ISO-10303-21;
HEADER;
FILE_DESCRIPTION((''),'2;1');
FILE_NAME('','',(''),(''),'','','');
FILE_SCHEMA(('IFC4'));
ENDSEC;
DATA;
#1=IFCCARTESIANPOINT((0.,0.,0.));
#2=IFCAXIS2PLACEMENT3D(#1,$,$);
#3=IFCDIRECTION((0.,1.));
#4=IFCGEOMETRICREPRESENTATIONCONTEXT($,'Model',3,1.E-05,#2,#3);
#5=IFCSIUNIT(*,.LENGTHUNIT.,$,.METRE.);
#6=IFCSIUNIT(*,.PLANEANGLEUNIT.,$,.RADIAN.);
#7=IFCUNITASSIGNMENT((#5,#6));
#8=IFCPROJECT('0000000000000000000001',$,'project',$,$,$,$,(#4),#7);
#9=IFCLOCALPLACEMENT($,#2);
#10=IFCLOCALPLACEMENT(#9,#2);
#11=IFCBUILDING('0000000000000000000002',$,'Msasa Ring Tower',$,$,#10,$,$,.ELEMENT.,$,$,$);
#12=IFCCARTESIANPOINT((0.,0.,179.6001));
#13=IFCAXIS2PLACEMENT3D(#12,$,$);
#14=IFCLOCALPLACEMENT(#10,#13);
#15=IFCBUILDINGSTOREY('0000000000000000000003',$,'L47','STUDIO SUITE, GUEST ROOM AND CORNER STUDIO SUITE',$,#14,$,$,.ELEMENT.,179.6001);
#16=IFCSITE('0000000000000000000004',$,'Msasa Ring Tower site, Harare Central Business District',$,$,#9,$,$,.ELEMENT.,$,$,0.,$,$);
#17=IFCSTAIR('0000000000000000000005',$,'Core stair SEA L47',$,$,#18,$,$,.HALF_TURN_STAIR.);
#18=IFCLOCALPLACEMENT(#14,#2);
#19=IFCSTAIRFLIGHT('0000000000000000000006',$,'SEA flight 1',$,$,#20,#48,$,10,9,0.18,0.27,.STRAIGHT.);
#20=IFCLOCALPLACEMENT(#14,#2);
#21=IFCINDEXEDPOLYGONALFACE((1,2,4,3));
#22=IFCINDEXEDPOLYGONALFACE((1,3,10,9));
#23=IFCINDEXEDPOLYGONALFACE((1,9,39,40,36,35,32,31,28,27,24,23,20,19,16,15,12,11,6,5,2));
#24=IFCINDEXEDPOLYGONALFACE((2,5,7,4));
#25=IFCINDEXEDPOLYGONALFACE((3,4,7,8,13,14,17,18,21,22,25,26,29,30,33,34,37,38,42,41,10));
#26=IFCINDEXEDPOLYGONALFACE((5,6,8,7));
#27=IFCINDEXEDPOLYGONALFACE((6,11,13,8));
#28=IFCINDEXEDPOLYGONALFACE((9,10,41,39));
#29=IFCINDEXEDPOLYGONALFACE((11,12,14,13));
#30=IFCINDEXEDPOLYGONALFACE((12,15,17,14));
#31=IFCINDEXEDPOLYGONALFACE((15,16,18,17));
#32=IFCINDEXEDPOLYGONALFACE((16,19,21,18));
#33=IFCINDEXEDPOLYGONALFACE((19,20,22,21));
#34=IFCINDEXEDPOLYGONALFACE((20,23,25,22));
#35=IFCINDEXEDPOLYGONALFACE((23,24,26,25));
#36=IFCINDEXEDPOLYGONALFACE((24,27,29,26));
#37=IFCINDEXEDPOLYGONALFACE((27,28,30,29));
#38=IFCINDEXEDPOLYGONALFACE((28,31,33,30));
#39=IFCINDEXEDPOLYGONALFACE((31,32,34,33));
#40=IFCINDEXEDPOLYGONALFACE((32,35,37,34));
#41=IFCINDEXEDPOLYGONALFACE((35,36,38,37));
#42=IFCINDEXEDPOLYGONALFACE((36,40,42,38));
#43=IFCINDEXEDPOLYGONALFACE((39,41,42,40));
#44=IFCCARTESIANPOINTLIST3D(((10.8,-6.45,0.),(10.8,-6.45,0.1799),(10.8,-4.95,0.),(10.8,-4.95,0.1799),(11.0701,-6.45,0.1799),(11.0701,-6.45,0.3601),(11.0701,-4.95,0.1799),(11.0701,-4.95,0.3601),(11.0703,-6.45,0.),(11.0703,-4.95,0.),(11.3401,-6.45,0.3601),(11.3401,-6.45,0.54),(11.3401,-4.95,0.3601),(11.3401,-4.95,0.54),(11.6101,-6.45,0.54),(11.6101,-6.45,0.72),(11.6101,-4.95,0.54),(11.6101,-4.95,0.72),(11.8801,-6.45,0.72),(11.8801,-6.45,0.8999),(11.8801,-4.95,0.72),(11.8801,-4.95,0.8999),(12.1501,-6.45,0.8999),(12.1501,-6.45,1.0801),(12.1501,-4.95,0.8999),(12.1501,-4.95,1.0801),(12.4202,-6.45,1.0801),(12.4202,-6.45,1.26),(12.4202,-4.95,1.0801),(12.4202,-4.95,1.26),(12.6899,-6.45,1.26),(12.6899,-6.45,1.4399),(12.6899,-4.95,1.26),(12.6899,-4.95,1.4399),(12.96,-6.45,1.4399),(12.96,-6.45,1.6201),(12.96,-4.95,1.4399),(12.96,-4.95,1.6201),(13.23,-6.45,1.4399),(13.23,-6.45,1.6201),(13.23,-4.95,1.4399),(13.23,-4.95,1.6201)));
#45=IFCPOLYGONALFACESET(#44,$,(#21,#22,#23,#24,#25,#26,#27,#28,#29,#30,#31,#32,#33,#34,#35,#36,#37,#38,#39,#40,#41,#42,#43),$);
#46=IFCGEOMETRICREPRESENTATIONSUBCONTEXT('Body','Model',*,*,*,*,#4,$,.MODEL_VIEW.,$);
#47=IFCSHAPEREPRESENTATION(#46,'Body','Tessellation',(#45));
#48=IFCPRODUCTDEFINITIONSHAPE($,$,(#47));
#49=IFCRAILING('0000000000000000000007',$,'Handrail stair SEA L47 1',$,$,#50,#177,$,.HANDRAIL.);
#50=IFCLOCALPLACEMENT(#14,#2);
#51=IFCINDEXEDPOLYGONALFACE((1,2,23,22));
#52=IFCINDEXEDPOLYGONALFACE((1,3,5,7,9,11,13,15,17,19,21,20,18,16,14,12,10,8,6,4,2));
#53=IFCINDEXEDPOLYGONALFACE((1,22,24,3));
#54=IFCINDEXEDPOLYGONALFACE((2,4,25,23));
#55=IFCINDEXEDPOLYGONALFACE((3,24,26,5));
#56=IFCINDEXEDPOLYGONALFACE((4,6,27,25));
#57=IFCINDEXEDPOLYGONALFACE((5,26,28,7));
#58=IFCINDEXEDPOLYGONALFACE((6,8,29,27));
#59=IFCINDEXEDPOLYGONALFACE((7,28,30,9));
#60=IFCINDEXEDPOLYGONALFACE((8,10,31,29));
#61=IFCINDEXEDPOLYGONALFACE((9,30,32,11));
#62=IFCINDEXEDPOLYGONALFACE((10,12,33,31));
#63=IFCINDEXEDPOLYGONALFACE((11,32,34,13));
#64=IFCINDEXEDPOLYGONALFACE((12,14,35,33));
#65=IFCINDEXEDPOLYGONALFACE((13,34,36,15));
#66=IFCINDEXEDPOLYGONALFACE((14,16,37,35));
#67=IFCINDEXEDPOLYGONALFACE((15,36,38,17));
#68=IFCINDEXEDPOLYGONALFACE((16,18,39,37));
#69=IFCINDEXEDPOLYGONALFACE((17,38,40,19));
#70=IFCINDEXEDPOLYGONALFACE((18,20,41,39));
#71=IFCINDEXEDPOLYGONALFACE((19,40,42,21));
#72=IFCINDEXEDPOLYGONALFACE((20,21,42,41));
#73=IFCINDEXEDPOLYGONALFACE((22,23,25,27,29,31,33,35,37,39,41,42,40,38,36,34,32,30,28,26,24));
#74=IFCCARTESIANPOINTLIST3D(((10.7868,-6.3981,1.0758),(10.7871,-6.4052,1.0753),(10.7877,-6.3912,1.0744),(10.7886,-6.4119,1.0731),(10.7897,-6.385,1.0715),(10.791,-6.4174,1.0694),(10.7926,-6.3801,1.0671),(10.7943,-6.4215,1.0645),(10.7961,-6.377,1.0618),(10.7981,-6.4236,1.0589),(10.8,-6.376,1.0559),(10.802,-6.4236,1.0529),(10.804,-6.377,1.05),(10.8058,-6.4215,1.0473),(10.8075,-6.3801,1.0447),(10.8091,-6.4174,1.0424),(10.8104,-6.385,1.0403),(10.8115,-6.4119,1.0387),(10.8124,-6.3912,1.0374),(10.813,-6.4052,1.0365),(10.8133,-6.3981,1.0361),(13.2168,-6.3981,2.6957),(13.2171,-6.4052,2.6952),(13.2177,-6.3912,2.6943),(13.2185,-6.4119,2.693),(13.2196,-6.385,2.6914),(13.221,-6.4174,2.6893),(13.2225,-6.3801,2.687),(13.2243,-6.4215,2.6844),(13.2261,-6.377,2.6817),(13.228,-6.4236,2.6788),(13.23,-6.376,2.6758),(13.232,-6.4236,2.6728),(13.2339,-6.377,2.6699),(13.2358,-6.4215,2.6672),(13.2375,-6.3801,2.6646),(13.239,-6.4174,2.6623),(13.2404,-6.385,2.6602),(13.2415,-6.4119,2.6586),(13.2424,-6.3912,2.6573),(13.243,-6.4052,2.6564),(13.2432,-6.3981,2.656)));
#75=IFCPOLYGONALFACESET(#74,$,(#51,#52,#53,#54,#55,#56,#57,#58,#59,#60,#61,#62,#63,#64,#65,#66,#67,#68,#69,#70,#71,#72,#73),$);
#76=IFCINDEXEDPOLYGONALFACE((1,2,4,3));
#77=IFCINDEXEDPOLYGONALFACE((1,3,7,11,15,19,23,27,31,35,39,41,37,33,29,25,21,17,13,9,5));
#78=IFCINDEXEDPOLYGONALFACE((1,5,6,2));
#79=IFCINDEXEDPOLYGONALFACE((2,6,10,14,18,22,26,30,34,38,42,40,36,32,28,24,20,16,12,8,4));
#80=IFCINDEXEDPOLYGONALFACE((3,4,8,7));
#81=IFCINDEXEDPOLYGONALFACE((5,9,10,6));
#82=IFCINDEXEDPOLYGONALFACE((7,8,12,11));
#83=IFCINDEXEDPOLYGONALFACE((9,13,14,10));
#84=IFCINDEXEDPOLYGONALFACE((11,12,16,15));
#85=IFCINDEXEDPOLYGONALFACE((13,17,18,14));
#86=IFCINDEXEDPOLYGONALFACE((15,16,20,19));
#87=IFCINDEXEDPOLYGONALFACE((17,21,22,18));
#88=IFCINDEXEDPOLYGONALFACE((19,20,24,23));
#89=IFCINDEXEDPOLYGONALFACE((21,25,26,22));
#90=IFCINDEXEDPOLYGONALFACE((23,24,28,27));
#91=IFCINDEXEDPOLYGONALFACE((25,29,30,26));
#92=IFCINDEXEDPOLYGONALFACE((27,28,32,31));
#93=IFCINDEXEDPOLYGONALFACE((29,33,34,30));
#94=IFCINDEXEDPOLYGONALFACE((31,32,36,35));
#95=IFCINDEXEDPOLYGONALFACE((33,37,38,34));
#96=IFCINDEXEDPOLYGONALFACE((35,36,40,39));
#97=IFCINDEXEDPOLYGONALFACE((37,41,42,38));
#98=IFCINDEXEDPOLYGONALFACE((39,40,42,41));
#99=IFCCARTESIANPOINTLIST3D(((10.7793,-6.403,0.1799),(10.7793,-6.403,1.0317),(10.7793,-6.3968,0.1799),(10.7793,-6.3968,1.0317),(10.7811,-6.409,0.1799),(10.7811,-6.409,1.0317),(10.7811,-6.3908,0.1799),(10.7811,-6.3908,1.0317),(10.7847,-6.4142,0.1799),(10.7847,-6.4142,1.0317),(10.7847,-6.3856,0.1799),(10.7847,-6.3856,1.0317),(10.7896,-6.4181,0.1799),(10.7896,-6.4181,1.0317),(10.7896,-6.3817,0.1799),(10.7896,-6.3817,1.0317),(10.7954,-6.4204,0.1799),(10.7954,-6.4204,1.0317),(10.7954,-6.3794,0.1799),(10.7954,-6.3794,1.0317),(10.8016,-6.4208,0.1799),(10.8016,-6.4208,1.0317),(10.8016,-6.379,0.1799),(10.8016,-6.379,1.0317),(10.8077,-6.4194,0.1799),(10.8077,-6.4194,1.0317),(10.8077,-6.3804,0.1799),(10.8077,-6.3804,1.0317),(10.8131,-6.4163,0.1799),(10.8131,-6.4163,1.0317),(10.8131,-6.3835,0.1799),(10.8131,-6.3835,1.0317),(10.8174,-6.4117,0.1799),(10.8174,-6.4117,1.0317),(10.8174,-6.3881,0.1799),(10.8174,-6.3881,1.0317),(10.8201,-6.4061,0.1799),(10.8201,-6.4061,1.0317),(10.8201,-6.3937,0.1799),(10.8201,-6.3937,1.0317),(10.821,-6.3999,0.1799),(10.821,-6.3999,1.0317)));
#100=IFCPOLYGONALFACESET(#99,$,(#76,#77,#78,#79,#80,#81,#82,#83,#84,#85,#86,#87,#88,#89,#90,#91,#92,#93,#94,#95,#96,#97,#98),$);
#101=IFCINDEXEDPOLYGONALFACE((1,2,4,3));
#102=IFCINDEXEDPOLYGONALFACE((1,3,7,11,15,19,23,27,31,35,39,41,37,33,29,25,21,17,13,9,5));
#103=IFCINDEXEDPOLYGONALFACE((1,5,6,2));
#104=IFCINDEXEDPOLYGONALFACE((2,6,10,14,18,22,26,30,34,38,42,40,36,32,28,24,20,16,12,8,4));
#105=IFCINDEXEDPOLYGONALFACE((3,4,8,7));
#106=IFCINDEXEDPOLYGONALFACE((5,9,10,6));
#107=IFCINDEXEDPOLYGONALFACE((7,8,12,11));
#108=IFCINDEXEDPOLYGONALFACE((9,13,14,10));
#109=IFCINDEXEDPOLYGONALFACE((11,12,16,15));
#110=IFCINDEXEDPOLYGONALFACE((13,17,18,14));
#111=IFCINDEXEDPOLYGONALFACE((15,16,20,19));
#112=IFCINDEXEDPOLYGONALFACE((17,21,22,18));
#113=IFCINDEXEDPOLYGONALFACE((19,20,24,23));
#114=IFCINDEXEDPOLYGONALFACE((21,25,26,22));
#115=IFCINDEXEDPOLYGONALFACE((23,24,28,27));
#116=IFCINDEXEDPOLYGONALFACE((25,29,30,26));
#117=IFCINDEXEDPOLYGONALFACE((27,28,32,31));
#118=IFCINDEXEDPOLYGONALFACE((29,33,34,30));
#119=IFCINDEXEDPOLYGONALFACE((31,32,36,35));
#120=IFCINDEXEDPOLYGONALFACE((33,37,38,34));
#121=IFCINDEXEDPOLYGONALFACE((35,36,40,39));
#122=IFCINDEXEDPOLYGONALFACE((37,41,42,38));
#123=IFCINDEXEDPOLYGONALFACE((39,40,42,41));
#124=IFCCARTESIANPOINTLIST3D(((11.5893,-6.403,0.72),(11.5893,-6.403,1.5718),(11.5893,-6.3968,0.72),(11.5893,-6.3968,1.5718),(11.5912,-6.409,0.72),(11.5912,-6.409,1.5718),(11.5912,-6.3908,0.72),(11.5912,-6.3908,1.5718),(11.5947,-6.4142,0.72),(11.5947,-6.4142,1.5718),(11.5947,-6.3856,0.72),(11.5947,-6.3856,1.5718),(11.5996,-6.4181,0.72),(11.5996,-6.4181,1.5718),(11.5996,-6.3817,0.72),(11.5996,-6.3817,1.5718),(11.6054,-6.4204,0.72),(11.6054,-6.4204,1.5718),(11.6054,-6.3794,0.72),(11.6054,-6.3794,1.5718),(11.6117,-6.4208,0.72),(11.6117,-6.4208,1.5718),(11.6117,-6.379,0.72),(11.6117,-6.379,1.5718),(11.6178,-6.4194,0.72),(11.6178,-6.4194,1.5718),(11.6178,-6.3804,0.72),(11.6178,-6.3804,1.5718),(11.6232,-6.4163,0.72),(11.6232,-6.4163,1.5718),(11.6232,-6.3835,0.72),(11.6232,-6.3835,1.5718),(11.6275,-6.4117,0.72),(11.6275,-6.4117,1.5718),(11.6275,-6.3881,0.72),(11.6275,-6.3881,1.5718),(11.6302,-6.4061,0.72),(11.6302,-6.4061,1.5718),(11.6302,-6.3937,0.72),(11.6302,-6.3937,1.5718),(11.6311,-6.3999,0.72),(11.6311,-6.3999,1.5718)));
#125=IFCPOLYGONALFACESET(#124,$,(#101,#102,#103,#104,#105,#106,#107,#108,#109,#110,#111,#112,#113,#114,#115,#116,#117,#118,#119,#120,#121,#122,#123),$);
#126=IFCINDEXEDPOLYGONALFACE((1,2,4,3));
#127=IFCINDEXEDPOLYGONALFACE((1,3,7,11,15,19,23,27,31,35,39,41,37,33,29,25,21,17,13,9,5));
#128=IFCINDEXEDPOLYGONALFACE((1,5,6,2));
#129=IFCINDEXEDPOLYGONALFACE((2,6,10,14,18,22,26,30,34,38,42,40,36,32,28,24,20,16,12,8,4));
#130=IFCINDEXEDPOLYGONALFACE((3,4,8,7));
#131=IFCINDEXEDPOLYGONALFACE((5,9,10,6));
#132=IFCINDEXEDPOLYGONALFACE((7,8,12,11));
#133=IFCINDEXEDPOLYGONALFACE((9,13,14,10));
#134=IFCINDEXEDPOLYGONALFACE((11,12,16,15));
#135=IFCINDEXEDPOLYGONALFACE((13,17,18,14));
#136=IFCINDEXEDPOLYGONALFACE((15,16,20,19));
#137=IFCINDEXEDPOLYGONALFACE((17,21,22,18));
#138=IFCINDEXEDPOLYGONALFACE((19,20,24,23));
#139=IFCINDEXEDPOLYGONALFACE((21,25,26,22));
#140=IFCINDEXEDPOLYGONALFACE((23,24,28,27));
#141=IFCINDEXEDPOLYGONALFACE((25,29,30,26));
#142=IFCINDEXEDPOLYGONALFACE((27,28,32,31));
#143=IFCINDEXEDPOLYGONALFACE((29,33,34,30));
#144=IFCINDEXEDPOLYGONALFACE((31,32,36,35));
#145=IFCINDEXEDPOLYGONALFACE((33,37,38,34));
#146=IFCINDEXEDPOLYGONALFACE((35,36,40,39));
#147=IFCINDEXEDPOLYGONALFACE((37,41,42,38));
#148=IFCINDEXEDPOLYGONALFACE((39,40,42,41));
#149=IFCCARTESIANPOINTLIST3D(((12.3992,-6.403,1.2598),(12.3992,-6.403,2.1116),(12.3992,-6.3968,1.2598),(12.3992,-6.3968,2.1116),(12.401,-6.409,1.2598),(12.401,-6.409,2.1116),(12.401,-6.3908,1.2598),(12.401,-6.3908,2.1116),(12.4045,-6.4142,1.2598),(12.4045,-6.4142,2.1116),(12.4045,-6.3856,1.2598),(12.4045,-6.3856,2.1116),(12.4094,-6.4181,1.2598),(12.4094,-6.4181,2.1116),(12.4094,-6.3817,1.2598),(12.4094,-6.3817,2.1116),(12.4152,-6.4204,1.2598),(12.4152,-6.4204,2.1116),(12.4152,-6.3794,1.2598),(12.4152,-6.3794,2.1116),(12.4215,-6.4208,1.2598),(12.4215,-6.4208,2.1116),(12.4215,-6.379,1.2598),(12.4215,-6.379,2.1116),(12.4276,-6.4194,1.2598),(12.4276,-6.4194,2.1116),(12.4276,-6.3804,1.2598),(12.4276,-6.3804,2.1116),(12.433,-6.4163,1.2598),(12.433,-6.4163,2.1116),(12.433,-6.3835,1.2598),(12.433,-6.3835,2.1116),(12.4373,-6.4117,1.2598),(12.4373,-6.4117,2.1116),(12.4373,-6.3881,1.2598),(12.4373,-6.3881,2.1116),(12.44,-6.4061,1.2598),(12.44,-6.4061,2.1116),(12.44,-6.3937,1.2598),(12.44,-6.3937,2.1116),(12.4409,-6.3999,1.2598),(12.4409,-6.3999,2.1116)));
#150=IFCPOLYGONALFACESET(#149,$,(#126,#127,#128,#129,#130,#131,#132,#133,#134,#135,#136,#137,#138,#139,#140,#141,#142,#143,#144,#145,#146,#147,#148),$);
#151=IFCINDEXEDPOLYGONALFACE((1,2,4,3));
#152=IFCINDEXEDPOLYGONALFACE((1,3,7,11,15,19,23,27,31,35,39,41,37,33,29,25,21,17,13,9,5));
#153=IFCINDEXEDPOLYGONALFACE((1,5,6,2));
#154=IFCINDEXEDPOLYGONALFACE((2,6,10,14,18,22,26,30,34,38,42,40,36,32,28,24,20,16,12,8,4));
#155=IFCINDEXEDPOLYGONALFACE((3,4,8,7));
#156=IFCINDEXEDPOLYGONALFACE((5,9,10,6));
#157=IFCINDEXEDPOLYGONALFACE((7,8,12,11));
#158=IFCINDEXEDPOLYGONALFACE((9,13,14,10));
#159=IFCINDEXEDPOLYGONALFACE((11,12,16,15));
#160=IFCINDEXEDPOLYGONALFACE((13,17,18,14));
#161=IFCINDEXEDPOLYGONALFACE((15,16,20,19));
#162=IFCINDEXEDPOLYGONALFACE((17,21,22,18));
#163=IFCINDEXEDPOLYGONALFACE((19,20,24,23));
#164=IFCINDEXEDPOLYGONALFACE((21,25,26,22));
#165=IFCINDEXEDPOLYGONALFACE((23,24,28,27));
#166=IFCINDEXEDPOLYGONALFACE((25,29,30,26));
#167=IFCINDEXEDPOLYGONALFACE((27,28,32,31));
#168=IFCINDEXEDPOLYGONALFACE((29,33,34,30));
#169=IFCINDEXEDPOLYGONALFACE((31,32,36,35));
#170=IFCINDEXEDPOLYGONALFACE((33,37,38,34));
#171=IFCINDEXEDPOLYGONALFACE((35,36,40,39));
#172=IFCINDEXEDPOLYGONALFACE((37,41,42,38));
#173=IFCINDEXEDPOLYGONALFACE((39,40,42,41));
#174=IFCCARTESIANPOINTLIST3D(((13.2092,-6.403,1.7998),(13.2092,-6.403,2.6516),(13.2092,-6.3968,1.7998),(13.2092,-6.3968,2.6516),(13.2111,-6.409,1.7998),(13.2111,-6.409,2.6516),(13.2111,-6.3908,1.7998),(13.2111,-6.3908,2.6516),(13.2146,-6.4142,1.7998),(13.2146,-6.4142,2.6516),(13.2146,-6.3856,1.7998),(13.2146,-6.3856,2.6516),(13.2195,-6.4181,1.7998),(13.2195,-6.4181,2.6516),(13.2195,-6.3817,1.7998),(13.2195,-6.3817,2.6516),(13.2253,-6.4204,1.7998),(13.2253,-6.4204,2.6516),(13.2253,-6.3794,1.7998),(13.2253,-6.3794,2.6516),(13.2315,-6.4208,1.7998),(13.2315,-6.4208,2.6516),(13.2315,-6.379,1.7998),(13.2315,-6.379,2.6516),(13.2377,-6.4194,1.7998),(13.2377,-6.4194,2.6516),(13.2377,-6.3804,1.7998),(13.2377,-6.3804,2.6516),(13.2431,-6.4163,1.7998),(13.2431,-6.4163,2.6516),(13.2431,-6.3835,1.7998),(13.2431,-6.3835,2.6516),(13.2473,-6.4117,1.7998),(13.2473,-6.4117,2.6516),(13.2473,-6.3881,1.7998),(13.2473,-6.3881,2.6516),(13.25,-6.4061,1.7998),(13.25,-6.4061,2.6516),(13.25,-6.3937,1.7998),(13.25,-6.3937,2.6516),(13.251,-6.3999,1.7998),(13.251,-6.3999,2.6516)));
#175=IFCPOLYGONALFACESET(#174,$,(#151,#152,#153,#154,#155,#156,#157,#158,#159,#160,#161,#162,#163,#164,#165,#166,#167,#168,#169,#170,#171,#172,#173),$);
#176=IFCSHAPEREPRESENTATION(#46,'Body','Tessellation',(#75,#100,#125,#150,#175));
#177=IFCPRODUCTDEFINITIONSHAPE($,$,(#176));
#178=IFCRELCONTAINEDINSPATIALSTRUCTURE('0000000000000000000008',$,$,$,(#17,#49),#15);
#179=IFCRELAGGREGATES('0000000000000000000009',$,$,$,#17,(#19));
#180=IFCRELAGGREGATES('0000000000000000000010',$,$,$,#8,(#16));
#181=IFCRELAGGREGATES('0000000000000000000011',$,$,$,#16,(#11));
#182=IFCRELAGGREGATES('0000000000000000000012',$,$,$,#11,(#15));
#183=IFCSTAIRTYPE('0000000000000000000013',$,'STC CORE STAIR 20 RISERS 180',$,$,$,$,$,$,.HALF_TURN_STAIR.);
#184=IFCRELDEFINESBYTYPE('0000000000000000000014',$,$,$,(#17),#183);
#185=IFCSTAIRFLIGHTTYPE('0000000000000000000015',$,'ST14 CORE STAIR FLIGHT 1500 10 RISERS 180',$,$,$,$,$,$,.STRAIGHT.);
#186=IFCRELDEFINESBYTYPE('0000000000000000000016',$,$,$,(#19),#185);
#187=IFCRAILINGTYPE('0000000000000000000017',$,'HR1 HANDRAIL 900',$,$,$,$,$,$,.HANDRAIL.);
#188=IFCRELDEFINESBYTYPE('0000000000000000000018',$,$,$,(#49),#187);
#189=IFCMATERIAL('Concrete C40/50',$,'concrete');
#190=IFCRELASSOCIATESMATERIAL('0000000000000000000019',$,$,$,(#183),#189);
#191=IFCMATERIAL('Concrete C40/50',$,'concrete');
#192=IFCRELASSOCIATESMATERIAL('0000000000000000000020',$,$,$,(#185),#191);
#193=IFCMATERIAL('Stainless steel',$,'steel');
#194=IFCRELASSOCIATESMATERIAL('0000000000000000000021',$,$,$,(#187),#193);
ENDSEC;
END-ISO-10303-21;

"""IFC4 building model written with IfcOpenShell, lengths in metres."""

from ifc_helpers import new_model, si_unit, direction, frame, origin, origin_2d, place, context, subcontext, project, spatial, polyline, circle, outline, extrude, material, type_object, element, aggregate, save


model = new_model("IFC4")

# Units and contexts
model_context = context("Model", 3, precision=1e-05, world=origin(), true_north=direction((0.0, 1.0)))
body_context = subcontext(model_context, "Body", "Model", "MODEL_VIEW")
ifc_project = project(units=[si_unit("LENGTHUNIT", "METRE"), si_unit("PLANEANGLEUNIT", "RADIAN")], contexts=[model_context])

# Site, building, storey
site_placement = place(None, origin())
site = spatial("IfcSite", under=ifc_project, at=site_placement, Name="Msasa Ring Tower site, Harare Central Business District", CompositionType="ELEMENT", RefElevation=0.0)
building_placement = place(site_placement, origin())
building = spatial("IfcBuilding", under=site, at=building_placement, Name="Msasa Ring Tower", CompositionType="ELEMENT")
storey_placement = place(building_placement, frame((0.0, 0.0, 179.6001)))
storey = spatial("IfcBuildingStorey", under=building, at=storey_placement, Name="L47", Description="STUDIO SUITE, GUEST ROOM AND CORNER STUDIO SUITE", CompositionType="ELEMENT", Elevation=179.6001)

# Stair
ifc_material_1 = material(Name="Concrete C40/50", Category="concrete")
stair_type = type_object("IfcStairType", Name="STC CORE STAIR 20 RISERS 180", PredefinedType="HALF_TURN_STAIR", material=ifc_material_1)
stair_1_placement = place(storey_placement, origin())
stair_1 = element("IfcStair", 1, at=stair_1_placement, inside=storey, type_object=stair_type, Name="Core stair SEA L47", PredefinedType="HALF_TURN_STAIR")

# Stair flight
ifc_material_2 = material(Name="Concrete C40/50", Category="concrete")
stair_flight_type = type_object("IfcStairFlightType", Name="ST14 CORE STAIR FLIGHT 1500 10 RISERS 180", PredefinedType="STRAIGHT", material=ifc_material_2)
stair_flight_placement = place(storey_placement, frame((10.8, -5.7, 0.0), z_axis=(0.0, 0.0, 1.0), x_axis=(1.0, 0.0, 0.0)))
stair_flight = element("IfcStairFlight", 2, at=stair_flight_placement, type_object=stair_flight_type, Name="SEA flight 1", NumberOfRisers=10, NumberOfTreads=9, PredefinedType="STRAIGHT", RiserHeight=0.18, TreadLength=0.27, context=body_context, shape_type="SweptSolid", body=[
    extrude(outline(polyline([(0.0, 0.0), (0.0, 0.1799), (0.27, 0.1799), (0.27, 0.3601), (0.54, 0.3601), (0.54, 0.54), (0.8101, 0.54), (0.8101, 0.72), (1.0801, 0.72), (1.0801, 0.8999), (1.3501, 0.8999), (1.3501, 1.0801), (1.6201, 1.0801), (1.6201, 1.26), (1.8899, 1.26), (1.8899, 1.4399), (2.1599, 1.4399), (2.1599, 1.6201), (2.4299, 1.6201), (2.4299, 1.8), (2.4299, 1.4399), (0.2703, 0.0), (0.0, 0.0)])), frame((0.0, 0.75, 0.0), z_axis=(0.0, -1.0, 0.0), x_axis=(1.0, 0.0, 0.0)), (0.0, 0.0, 1.0), 1.5),
])
aggregate(stair_1, [stair_flight])

# Railing
ifc_material_3 = material(Name="Stainless steel", Category="steel")
railing_type = type_object("IfcRailingType", Name="HR1 HANDRAIL 900", PredefinedType="HANDRAIL", material=ifc_material_3)
for number, where, name in (
    (3, (10.8, -6.3999, 0.1799), "Handrail stair SEA L47 1"),
):
    element("IfcRailing", number, at=place(storey_placement, frame(where)), inside=storey, type_object=railing_type, Name=name, PredefinedType="HANDRAIL", context=body_context, shape_type="SweptSolid", body=[
        extrude(circle(Radius=0.0239, at=origin_2d()), frame((0.0, 0.0, 0.876), z_axis=(0.832063, 0.0, 0.554681), x_axis=(0.0, 1.0, 0.0)), (0.0, 0.0, 1.0), 2.9204),
        extrude(circle(Radius=0.021, at=origin_2d()), origin(), (0.0, 0.0, 1.0), 0.8518),
        extrude(circle(Radius=0.021, at=origin_2d()), frame((0.8101, 0.0, 0.54)), (0.0, 0.0, 1.0), 0.8518),
        extrude(circle(Radius=0.021, at=origin_2d()), frame((1.6199, 0.0, 1.0798)), (0.0, 0.0, 1.0), 0.8518),
        extrude(circle(Radius=0.021, at=origin_2d()), frame((2.4299, 0.0, 1.6199)), (0.0, 0.0, 1.0), 0.8518),
    ])

save(model, "model.ifc")
